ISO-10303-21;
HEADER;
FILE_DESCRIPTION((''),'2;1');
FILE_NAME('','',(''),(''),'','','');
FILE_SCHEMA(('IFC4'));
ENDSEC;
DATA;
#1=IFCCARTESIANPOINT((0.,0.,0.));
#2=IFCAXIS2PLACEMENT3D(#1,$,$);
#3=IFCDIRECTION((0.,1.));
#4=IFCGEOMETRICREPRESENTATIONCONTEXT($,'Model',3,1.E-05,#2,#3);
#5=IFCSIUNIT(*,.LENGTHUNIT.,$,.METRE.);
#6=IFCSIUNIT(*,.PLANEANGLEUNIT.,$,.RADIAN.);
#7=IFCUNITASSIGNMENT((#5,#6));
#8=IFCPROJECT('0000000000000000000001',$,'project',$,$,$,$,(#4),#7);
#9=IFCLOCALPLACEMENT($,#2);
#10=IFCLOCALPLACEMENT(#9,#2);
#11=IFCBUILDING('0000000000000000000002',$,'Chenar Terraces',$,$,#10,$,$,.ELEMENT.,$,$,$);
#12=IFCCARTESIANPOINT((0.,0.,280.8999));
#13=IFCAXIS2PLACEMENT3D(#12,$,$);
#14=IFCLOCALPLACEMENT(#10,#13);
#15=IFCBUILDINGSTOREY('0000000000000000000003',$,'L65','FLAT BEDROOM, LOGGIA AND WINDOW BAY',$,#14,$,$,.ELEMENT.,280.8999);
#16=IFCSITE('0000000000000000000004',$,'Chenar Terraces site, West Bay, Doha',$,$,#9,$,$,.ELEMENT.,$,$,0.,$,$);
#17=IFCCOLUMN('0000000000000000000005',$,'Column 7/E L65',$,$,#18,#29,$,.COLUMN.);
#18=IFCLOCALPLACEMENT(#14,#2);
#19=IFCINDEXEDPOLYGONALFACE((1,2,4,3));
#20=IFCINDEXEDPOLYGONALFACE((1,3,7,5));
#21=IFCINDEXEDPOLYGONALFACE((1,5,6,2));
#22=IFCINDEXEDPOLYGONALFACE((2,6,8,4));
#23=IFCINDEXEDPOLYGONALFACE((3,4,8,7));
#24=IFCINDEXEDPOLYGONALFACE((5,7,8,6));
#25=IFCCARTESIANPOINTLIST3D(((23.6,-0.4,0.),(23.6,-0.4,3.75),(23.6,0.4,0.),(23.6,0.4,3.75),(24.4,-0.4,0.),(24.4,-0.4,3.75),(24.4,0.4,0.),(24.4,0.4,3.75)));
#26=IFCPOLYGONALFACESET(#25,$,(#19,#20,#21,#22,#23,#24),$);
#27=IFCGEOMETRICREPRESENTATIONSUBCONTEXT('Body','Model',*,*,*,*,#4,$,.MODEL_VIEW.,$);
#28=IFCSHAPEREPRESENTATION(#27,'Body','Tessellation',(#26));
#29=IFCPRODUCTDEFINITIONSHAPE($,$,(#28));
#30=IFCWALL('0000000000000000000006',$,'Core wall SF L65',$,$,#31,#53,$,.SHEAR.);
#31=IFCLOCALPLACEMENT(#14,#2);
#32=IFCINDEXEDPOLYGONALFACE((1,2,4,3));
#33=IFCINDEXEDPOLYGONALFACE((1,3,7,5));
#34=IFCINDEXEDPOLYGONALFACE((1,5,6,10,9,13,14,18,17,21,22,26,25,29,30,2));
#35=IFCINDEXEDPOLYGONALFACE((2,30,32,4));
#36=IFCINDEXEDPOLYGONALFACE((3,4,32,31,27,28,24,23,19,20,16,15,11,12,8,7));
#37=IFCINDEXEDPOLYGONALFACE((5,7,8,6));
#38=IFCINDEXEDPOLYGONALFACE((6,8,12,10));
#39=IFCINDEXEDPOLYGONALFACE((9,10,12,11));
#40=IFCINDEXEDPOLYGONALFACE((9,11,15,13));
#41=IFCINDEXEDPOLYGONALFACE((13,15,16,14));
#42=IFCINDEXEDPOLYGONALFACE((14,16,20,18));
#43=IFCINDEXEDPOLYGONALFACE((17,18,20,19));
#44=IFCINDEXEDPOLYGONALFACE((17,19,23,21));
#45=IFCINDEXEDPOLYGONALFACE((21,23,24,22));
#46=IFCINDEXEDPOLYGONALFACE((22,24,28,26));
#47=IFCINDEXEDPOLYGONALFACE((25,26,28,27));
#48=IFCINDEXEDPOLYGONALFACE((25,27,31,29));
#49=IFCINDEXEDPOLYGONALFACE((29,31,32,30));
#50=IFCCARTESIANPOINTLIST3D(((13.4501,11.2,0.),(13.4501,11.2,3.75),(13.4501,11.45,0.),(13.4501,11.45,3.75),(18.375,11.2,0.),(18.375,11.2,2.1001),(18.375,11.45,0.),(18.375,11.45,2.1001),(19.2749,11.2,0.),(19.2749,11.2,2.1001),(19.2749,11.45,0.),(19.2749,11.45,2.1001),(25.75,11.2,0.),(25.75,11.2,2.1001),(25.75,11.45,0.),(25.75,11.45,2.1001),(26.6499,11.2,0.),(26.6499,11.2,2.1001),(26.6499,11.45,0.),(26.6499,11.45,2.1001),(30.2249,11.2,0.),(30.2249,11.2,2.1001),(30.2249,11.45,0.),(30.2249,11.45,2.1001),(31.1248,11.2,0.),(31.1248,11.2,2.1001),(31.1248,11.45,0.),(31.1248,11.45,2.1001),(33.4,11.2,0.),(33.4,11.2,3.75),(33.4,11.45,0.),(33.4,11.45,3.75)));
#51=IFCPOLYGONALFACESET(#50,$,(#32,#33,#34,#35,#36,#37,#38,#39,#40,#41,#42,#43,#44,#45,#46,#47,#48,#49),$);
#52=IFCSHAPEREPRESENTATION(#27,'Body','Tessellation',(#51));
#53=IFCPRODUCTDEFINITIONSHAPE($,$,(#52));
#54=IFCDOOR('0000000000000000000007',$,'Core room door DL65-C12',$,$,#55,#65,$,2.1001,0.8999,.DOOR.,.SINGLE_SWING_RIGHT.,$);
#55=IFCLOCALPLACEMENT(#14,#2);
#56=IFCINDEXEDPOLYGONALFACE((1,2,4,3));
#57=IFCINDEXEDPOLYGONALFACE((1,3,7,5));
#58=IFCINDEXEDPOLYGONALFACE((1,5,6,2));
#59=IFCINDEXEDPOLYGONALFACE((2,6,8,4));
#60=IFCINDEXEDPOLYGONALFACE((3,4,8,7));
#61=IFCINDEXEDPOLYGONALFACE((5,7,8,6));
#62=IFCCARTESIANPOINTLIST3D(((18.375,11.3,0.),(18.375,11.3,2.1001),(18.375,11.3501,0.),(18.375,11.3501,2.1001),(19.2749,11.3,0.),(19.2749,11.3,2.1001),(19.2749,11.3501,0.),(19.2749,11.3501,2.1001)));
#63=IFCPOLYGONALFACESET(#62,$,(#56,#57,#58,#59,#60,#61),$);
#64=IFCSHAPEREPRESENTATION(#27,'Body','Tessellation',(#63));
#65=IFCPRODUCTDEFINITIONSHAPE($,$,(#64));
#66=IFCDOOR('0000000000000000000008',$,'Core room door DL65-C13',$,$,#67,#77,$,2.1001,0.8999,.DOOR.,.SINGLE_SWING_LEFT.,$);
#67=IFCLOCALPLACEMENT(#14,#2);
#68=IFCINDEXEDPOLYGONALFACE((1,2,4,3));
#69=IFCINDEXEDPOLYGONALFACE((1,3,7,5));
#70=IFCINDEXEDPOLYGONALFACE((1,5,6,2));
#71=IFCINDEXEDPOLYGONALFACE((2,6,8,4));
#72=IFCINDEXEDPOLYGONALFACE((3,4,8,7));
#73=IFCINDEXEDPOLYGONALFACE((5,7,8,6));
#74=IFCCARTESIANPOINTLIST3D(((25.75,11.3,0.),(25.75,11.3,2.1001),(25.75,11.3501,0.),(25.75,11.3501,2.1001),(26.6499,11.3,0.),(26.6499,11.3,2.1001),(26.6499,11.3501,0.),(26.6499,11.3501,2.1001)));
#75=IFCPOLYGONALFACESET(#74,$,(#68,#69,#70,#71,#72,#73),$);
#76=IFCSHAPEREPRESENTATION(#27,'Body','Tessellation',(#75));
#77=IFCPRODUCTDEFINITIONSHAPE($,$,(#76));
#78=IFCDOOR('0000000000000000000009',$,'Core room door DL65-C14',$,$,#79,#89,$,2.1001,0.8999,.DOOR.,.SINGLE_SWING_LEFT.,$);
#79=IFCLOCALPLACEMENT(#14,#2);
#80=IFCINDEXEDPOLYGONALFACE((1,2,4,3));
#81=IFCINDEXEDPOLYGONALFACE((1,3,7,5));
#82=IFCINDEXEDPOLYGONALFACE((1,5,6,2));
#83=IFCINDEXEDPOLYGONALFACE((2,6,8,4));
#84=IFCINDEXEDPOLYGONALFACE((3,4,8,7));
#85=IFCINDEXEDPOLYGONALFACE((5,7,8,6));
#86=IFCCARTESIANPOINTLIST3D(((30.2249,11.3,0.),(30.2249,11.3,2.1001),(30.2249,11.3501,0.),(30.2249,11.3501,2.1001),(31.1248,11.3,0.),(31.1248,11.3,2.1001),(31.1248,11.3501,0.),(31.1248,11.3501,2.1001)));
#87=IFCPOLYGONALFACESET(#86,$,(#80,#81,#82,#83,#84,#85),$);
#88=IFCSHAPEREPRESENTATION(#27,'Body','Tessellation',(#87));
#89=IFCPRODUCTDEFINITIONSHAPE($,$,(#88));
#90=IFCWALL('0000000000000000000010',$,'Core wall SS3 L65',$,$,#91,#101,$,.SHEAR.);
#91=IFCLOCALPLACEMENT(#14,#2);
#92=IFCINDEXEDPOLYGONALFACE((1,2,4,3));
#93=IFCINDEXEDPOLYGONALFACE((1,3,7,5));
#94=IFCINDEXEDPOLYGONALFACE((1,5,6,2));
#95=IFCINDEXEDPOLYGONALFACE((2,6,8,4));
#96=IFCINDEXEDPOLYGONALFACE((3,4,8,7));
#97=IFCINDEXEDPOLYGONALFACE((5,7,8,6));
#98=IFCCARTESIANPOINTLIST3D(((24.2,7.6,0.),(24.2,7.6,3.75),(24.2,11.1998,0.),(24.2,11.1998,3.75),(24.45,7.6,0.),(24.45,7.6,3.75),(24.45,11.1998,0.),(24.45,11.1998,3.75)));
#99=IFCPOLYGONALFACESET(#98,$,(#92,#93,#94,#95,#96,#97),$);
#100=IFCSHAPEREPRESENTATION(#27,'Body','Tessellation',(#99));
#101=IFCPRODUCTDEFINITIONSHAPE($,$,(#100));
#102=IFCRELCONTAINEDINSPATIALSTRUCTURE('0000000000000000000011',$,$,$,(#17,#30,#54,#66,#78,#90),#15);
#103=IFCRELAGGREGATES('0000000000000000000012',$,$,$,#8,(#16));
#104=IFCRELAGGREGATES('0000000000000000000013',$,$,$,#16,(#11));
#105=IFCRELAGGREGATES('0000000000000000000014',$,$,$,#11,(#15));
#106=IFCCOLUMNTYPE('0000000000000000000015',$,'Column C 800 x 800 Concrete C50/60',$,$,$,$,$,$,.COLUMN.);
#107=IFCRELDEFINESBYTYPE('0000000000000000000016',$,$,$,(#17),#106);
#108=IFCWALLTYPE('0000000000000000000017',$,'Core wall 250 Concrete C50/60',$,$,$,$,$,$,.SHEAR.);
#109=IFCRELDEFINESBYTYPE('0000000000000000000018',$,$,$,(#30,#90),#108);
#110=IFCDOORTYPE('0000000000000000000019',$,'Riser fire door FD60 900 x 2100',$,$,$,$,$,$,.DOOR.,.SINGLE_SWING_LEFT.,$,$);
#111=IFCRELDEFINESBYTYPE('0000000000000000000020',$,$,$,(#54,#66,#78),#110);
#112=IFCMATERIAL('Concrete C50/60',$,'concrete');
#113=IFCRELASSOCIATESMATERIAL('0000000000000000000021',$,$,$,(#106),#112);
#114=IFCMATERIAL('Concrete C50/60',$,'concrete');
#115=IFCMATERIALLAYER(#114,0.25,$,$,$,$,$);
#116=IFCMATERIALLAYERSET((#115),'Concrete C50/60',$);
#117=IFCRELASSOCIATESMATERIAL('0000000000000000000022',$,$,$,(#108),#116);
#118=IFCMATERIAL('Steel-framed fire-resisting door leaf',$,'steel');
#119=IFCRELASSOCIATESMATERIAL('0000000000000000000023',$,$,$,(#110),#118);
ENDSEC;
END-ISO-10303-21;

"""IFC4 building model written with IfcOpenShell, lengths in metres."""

from ifc_helpers import new_model, si_unit, direction, frame, frame_2d, origin, origin_2d, place, context, subcontext, project, spatial, rectangle, extrude, material, layer, layer_set, material_profile, profile_set, type_object, element, fill, save


model = new_model("IFC4")

# Units and contexts
model_context = context("Model", 3, precision=1e-05, world=origin(), true_north=direction((0.0, 1.0)))
body_context = subcontext(model_context, "Body", "Model", "MODEL_VIEW")
ifc_project = project(units=[si_unit("LENGTHUNIT", "METRE"), si_unit("PLANEANGLEUNIT", "RADIAN")], contexts=[model_context])

# Site, building, storey
site_placement = place(None, origin())
site = spatial("IfcSite", under=ifc_project, at=site_placement, Name="Chenar Terraces site, West Bay, Doha", CompositionType="ELEMENT", RefElevation=0.0)
building_placement = place(site_placement, origin())
building = spatial("IfcBuilding", under=site, at=building_placement, Name="Chenar Terraces", CompositionType="ELEMENT")
storey_placement = place(building_placement, frame((0.0, 0.0, 280.8999)))
storey = spatial("IfcBuildingStorey", under=building, at=storey_placement, Name="L65", Description="FLAT BEDROOM, LOGGIA AND WINDOW BAY", CompositionType="ELEMENT", Elevation=280.8999)

# Column
ifc_material_1 = material(Name="Concrete C50/60", Category="concrete")
ifc_material_profile_1 = material_profile(ifc_material_1, rectangle(XDim=0.8, YDim=0.8, at=origin_2d()), Name="C 800 x 800")
ifc_profile_set_1 = profile_set([ifc_material_profile_1], Name="Concrete C50/60")
column_type = type_object("IfcColumnType", Name="Column C 800 x 800 Concrete C50/60", PredefinedType="COLUMN", material=ifc_profile_set_1)
column_placement = place(storey_placement, frame((24.0, 0.0, 0.0), z_axis=(0.0, 0.0, 1.0), x_axis=(1.0, 0.0, 0.0)))
element("IfcColumn", 1, at=column_placement, inside=storey, type_object=column_type, Name="Column 7/E L65", PredefinedType="COLUMN", context=body_context, shape_type="SweptSolid", body=[
    extrude(rectangle(XDim=0.8, YDim=0.8, at=origin_2d()), origin(), (0.0, 0.0, 1.0), 3.75),
])

# Wall, openings, doors
ifc_material_2 = material(Name="Concrete C50/60", Category="concrete")
ifc_layer_1 = layer(ifc_material_2, 0.25)
ifc_layer_set_1 = layer_set([ifc_layer_1], Name="Concrete C50/60")
wall_type_1 = type_object("IfcWallType", Name="Core wall 250 Concrete C50/60", PredefinedType="SHEAR", material=ifc_layer_set_1)
wall_1_placement = place(storey_placement, frame((13.45, 11.325, 0.0), z_axis=(0.0, 0.0, 1.0), x_axis=(1.0, 0.0, 0.0)))
wall_1 = element("IfcWall", 2, at=wall_1_placement, inside=storey, type_object=wall_type_1, Name="Core wall SF L65", PredefinedType="SHEAR", context=body_context, shape_type="SweptSolid", body=[
    extrude(rectangle(XDim=19.95, YDim=0.25, at=frame_2d((9.9751, 0.0))), origin(), (0.0, 0.0, 1.0), 3.75),
])
opening_1_placement = place(wall_1_placement, frame((4.925, 0.0, 0.0)))
opening_1 = element("IfcOpeningElement", 3, at=opening_1_placement, cuts=wall_1, PredefinedType="OPENING", context=body_context, shape_type="SweptSolid", body=[
    extrude(rectangle(XDim=0.8999, YDim=2.1001, at=frame_2d((0.45, 1.05))), frame((0.0, 0.135, 0.0), z_axis=(0.0, -1.0, 0.0), x_axis=(1.0, 0.0, 0.0)), (0.0, 0.0, 1.0), 0.27),
])
opening_2_placement = place(wall_1_placement, frame((12.3, 0.0, 0.0)))
opening_2 = element("IfcOpeningElement", 4, at=opening_2_placement, cuts=wall_1, PredefinedType="OPENING", context=body_context, shape_type="SweptSolid", body=[
    extrude(rectangle(XDim=0.8999, YDim=2.1001, at=frame_2d((0.45, 1.05))), frame((0.0, 0.135, 0.0), z_axis=(0.0, -1.0, 0.0), x_axis=(1.0, 0.0, 0.0)), (0.0, 0.0, 1.0), 0.27),
])
opening_3_placement = place(wall_1_placement, frame((16.7749, 0.0, 0.0)))
opening_3 = element("IfcOpeningElement", 5, at=opening_3_placement, cuts=wall_1, PredefinedType="OPENING", context=body_context, shape_type="SweptSolid", body=[
    extrude(rectangle(XDim=0.8999, YDim=2.1001, at=frame_2d((0.45, 1.05))), frame((0.0, 0.135, 0.0), z_axis=(0.0, -1.0, 0.0), x_axis=(1.0, 0.0, 0.0)), (0.0, 0.0, 1.0), 0.27),
])
ifc_material_3 = material(Name="Steel-framed fire-resisting door leaf", Category="steel")
door_type = type_object("IfcDoorType", Name="Riser fire door FD60 900 x 2100", OperationType="SINGLE_SWING_LEFT", PredefinedType="DOOR", material=ifc_material_3)
door_1_placement = place(opening_1_placement, frame((0.8999, 0.0, 0.0), z_axis=(0.0, 0.0, 1.0), x_axis=(-1.0, 0.0, 0.0)))
door_1 = element("IfcDoor", 6, at=door_1_placement, inside=storey, type_object=door_type, Name="Core room door DL65-C12", OperationType="SINGLE_SWING_RIGHT", OverallHeight=2.1001, OverallWidth=0.8999, PredefinedType="DOOR", context=body_context, shape_type="SweptSolid", body=[
    extrude(rectangle(XDim=0.8999, YDim=2.1001, at=frame_2d((0.45, 1.05))), frame((0.0, 0.0249, 0.0), z_axis=(0.0, -1.0, 0.0), x_axis=(1.0, 0.0, 0.0)), (0.0, 0.0, 1.0), 0.05),
])
fill(opening_1, door_1)
door_2_placement = place(opening_2_placement, frame((0.8999, 0.0, 0.0), z_axis=(0.0, 0.0, 1.0), x_axis=(-1.0, 0.0, 0.0)))
door_2 = element("IfcDoor", 7, at=door_2_placement, inside=storey, type_object=door_type, Name="Core room door DL65-C13", OperationType="SINGLE_SWING_LEFT", OverallHeight=2.1001, OverallWidth=0.8999, PredefinedType="DOOR", context=body_context, shape_type="SweptSolid", body=[
    extrude(rectangle(XDim=0.8999, YDim=2.1001, at=frame_2d((0.45, 1.05))), frame((0.0, 0.0249, 0.0), z_axis=(0.0, -1.0, 0.0), x_axis=(1.0, 0.0, 0.0)), (0.0, 0.0, 1.0), 0.05),
])
fill(opening_2, door_2)
door_3_placement = place(opening_3_placement, frame((0.8999, 0.0, 0.0), z_axis=(0.0, 0.0, 1.0), x_axis=(-1.0, 0.0, 0.0)))
door_3 = element("IfcDoor", 8, at=door_3_placement, inside=storey, type_object=door_type, Name="Core room door DL65-C14", OperationType="SINGLE_SWING_LEFT", OverallHeight=2.1001, OverallWidth=0.8999, PredefinedType="DOOR", context=body_context, shape_type="SweptSolid", body=[
    extrude(rectangle(XDim=0.8999, YDim=2.1001, at=frame_2d((0.45, 1.05))), frame((0.0, 0.0249, 0.0), z_axis=(0.0, -1.0, 0.0), x_axis=(1.0, 0.0, 0.0)), (0.0, 0.0, 1.0), 0.05),
])
fill(opening_3, door_3)

# Wall
wall_2_placement = place(storey_placement, frame((24.325, 7.6001, 0.0), z_axis=(0.0, 0.0, 1.0), x_axis=(0.0, 1.0, 0.0)))
element("IfcWall", 9, at=wall_2_placement, inside=storey, type_object=wall_type_1, Name="Core wall SS3 L65", PredefinedType="SHEAR", context=body_context, shape_type="SweptSolid", body=[
    extrude(rectangle(XDim=3.5999, YDim=0.25, at=frame_2d((1.7998, 0.0))), origin(), (0.0, 0.0, 1.0), 3.75),
])

save(model, "model.ifc")
